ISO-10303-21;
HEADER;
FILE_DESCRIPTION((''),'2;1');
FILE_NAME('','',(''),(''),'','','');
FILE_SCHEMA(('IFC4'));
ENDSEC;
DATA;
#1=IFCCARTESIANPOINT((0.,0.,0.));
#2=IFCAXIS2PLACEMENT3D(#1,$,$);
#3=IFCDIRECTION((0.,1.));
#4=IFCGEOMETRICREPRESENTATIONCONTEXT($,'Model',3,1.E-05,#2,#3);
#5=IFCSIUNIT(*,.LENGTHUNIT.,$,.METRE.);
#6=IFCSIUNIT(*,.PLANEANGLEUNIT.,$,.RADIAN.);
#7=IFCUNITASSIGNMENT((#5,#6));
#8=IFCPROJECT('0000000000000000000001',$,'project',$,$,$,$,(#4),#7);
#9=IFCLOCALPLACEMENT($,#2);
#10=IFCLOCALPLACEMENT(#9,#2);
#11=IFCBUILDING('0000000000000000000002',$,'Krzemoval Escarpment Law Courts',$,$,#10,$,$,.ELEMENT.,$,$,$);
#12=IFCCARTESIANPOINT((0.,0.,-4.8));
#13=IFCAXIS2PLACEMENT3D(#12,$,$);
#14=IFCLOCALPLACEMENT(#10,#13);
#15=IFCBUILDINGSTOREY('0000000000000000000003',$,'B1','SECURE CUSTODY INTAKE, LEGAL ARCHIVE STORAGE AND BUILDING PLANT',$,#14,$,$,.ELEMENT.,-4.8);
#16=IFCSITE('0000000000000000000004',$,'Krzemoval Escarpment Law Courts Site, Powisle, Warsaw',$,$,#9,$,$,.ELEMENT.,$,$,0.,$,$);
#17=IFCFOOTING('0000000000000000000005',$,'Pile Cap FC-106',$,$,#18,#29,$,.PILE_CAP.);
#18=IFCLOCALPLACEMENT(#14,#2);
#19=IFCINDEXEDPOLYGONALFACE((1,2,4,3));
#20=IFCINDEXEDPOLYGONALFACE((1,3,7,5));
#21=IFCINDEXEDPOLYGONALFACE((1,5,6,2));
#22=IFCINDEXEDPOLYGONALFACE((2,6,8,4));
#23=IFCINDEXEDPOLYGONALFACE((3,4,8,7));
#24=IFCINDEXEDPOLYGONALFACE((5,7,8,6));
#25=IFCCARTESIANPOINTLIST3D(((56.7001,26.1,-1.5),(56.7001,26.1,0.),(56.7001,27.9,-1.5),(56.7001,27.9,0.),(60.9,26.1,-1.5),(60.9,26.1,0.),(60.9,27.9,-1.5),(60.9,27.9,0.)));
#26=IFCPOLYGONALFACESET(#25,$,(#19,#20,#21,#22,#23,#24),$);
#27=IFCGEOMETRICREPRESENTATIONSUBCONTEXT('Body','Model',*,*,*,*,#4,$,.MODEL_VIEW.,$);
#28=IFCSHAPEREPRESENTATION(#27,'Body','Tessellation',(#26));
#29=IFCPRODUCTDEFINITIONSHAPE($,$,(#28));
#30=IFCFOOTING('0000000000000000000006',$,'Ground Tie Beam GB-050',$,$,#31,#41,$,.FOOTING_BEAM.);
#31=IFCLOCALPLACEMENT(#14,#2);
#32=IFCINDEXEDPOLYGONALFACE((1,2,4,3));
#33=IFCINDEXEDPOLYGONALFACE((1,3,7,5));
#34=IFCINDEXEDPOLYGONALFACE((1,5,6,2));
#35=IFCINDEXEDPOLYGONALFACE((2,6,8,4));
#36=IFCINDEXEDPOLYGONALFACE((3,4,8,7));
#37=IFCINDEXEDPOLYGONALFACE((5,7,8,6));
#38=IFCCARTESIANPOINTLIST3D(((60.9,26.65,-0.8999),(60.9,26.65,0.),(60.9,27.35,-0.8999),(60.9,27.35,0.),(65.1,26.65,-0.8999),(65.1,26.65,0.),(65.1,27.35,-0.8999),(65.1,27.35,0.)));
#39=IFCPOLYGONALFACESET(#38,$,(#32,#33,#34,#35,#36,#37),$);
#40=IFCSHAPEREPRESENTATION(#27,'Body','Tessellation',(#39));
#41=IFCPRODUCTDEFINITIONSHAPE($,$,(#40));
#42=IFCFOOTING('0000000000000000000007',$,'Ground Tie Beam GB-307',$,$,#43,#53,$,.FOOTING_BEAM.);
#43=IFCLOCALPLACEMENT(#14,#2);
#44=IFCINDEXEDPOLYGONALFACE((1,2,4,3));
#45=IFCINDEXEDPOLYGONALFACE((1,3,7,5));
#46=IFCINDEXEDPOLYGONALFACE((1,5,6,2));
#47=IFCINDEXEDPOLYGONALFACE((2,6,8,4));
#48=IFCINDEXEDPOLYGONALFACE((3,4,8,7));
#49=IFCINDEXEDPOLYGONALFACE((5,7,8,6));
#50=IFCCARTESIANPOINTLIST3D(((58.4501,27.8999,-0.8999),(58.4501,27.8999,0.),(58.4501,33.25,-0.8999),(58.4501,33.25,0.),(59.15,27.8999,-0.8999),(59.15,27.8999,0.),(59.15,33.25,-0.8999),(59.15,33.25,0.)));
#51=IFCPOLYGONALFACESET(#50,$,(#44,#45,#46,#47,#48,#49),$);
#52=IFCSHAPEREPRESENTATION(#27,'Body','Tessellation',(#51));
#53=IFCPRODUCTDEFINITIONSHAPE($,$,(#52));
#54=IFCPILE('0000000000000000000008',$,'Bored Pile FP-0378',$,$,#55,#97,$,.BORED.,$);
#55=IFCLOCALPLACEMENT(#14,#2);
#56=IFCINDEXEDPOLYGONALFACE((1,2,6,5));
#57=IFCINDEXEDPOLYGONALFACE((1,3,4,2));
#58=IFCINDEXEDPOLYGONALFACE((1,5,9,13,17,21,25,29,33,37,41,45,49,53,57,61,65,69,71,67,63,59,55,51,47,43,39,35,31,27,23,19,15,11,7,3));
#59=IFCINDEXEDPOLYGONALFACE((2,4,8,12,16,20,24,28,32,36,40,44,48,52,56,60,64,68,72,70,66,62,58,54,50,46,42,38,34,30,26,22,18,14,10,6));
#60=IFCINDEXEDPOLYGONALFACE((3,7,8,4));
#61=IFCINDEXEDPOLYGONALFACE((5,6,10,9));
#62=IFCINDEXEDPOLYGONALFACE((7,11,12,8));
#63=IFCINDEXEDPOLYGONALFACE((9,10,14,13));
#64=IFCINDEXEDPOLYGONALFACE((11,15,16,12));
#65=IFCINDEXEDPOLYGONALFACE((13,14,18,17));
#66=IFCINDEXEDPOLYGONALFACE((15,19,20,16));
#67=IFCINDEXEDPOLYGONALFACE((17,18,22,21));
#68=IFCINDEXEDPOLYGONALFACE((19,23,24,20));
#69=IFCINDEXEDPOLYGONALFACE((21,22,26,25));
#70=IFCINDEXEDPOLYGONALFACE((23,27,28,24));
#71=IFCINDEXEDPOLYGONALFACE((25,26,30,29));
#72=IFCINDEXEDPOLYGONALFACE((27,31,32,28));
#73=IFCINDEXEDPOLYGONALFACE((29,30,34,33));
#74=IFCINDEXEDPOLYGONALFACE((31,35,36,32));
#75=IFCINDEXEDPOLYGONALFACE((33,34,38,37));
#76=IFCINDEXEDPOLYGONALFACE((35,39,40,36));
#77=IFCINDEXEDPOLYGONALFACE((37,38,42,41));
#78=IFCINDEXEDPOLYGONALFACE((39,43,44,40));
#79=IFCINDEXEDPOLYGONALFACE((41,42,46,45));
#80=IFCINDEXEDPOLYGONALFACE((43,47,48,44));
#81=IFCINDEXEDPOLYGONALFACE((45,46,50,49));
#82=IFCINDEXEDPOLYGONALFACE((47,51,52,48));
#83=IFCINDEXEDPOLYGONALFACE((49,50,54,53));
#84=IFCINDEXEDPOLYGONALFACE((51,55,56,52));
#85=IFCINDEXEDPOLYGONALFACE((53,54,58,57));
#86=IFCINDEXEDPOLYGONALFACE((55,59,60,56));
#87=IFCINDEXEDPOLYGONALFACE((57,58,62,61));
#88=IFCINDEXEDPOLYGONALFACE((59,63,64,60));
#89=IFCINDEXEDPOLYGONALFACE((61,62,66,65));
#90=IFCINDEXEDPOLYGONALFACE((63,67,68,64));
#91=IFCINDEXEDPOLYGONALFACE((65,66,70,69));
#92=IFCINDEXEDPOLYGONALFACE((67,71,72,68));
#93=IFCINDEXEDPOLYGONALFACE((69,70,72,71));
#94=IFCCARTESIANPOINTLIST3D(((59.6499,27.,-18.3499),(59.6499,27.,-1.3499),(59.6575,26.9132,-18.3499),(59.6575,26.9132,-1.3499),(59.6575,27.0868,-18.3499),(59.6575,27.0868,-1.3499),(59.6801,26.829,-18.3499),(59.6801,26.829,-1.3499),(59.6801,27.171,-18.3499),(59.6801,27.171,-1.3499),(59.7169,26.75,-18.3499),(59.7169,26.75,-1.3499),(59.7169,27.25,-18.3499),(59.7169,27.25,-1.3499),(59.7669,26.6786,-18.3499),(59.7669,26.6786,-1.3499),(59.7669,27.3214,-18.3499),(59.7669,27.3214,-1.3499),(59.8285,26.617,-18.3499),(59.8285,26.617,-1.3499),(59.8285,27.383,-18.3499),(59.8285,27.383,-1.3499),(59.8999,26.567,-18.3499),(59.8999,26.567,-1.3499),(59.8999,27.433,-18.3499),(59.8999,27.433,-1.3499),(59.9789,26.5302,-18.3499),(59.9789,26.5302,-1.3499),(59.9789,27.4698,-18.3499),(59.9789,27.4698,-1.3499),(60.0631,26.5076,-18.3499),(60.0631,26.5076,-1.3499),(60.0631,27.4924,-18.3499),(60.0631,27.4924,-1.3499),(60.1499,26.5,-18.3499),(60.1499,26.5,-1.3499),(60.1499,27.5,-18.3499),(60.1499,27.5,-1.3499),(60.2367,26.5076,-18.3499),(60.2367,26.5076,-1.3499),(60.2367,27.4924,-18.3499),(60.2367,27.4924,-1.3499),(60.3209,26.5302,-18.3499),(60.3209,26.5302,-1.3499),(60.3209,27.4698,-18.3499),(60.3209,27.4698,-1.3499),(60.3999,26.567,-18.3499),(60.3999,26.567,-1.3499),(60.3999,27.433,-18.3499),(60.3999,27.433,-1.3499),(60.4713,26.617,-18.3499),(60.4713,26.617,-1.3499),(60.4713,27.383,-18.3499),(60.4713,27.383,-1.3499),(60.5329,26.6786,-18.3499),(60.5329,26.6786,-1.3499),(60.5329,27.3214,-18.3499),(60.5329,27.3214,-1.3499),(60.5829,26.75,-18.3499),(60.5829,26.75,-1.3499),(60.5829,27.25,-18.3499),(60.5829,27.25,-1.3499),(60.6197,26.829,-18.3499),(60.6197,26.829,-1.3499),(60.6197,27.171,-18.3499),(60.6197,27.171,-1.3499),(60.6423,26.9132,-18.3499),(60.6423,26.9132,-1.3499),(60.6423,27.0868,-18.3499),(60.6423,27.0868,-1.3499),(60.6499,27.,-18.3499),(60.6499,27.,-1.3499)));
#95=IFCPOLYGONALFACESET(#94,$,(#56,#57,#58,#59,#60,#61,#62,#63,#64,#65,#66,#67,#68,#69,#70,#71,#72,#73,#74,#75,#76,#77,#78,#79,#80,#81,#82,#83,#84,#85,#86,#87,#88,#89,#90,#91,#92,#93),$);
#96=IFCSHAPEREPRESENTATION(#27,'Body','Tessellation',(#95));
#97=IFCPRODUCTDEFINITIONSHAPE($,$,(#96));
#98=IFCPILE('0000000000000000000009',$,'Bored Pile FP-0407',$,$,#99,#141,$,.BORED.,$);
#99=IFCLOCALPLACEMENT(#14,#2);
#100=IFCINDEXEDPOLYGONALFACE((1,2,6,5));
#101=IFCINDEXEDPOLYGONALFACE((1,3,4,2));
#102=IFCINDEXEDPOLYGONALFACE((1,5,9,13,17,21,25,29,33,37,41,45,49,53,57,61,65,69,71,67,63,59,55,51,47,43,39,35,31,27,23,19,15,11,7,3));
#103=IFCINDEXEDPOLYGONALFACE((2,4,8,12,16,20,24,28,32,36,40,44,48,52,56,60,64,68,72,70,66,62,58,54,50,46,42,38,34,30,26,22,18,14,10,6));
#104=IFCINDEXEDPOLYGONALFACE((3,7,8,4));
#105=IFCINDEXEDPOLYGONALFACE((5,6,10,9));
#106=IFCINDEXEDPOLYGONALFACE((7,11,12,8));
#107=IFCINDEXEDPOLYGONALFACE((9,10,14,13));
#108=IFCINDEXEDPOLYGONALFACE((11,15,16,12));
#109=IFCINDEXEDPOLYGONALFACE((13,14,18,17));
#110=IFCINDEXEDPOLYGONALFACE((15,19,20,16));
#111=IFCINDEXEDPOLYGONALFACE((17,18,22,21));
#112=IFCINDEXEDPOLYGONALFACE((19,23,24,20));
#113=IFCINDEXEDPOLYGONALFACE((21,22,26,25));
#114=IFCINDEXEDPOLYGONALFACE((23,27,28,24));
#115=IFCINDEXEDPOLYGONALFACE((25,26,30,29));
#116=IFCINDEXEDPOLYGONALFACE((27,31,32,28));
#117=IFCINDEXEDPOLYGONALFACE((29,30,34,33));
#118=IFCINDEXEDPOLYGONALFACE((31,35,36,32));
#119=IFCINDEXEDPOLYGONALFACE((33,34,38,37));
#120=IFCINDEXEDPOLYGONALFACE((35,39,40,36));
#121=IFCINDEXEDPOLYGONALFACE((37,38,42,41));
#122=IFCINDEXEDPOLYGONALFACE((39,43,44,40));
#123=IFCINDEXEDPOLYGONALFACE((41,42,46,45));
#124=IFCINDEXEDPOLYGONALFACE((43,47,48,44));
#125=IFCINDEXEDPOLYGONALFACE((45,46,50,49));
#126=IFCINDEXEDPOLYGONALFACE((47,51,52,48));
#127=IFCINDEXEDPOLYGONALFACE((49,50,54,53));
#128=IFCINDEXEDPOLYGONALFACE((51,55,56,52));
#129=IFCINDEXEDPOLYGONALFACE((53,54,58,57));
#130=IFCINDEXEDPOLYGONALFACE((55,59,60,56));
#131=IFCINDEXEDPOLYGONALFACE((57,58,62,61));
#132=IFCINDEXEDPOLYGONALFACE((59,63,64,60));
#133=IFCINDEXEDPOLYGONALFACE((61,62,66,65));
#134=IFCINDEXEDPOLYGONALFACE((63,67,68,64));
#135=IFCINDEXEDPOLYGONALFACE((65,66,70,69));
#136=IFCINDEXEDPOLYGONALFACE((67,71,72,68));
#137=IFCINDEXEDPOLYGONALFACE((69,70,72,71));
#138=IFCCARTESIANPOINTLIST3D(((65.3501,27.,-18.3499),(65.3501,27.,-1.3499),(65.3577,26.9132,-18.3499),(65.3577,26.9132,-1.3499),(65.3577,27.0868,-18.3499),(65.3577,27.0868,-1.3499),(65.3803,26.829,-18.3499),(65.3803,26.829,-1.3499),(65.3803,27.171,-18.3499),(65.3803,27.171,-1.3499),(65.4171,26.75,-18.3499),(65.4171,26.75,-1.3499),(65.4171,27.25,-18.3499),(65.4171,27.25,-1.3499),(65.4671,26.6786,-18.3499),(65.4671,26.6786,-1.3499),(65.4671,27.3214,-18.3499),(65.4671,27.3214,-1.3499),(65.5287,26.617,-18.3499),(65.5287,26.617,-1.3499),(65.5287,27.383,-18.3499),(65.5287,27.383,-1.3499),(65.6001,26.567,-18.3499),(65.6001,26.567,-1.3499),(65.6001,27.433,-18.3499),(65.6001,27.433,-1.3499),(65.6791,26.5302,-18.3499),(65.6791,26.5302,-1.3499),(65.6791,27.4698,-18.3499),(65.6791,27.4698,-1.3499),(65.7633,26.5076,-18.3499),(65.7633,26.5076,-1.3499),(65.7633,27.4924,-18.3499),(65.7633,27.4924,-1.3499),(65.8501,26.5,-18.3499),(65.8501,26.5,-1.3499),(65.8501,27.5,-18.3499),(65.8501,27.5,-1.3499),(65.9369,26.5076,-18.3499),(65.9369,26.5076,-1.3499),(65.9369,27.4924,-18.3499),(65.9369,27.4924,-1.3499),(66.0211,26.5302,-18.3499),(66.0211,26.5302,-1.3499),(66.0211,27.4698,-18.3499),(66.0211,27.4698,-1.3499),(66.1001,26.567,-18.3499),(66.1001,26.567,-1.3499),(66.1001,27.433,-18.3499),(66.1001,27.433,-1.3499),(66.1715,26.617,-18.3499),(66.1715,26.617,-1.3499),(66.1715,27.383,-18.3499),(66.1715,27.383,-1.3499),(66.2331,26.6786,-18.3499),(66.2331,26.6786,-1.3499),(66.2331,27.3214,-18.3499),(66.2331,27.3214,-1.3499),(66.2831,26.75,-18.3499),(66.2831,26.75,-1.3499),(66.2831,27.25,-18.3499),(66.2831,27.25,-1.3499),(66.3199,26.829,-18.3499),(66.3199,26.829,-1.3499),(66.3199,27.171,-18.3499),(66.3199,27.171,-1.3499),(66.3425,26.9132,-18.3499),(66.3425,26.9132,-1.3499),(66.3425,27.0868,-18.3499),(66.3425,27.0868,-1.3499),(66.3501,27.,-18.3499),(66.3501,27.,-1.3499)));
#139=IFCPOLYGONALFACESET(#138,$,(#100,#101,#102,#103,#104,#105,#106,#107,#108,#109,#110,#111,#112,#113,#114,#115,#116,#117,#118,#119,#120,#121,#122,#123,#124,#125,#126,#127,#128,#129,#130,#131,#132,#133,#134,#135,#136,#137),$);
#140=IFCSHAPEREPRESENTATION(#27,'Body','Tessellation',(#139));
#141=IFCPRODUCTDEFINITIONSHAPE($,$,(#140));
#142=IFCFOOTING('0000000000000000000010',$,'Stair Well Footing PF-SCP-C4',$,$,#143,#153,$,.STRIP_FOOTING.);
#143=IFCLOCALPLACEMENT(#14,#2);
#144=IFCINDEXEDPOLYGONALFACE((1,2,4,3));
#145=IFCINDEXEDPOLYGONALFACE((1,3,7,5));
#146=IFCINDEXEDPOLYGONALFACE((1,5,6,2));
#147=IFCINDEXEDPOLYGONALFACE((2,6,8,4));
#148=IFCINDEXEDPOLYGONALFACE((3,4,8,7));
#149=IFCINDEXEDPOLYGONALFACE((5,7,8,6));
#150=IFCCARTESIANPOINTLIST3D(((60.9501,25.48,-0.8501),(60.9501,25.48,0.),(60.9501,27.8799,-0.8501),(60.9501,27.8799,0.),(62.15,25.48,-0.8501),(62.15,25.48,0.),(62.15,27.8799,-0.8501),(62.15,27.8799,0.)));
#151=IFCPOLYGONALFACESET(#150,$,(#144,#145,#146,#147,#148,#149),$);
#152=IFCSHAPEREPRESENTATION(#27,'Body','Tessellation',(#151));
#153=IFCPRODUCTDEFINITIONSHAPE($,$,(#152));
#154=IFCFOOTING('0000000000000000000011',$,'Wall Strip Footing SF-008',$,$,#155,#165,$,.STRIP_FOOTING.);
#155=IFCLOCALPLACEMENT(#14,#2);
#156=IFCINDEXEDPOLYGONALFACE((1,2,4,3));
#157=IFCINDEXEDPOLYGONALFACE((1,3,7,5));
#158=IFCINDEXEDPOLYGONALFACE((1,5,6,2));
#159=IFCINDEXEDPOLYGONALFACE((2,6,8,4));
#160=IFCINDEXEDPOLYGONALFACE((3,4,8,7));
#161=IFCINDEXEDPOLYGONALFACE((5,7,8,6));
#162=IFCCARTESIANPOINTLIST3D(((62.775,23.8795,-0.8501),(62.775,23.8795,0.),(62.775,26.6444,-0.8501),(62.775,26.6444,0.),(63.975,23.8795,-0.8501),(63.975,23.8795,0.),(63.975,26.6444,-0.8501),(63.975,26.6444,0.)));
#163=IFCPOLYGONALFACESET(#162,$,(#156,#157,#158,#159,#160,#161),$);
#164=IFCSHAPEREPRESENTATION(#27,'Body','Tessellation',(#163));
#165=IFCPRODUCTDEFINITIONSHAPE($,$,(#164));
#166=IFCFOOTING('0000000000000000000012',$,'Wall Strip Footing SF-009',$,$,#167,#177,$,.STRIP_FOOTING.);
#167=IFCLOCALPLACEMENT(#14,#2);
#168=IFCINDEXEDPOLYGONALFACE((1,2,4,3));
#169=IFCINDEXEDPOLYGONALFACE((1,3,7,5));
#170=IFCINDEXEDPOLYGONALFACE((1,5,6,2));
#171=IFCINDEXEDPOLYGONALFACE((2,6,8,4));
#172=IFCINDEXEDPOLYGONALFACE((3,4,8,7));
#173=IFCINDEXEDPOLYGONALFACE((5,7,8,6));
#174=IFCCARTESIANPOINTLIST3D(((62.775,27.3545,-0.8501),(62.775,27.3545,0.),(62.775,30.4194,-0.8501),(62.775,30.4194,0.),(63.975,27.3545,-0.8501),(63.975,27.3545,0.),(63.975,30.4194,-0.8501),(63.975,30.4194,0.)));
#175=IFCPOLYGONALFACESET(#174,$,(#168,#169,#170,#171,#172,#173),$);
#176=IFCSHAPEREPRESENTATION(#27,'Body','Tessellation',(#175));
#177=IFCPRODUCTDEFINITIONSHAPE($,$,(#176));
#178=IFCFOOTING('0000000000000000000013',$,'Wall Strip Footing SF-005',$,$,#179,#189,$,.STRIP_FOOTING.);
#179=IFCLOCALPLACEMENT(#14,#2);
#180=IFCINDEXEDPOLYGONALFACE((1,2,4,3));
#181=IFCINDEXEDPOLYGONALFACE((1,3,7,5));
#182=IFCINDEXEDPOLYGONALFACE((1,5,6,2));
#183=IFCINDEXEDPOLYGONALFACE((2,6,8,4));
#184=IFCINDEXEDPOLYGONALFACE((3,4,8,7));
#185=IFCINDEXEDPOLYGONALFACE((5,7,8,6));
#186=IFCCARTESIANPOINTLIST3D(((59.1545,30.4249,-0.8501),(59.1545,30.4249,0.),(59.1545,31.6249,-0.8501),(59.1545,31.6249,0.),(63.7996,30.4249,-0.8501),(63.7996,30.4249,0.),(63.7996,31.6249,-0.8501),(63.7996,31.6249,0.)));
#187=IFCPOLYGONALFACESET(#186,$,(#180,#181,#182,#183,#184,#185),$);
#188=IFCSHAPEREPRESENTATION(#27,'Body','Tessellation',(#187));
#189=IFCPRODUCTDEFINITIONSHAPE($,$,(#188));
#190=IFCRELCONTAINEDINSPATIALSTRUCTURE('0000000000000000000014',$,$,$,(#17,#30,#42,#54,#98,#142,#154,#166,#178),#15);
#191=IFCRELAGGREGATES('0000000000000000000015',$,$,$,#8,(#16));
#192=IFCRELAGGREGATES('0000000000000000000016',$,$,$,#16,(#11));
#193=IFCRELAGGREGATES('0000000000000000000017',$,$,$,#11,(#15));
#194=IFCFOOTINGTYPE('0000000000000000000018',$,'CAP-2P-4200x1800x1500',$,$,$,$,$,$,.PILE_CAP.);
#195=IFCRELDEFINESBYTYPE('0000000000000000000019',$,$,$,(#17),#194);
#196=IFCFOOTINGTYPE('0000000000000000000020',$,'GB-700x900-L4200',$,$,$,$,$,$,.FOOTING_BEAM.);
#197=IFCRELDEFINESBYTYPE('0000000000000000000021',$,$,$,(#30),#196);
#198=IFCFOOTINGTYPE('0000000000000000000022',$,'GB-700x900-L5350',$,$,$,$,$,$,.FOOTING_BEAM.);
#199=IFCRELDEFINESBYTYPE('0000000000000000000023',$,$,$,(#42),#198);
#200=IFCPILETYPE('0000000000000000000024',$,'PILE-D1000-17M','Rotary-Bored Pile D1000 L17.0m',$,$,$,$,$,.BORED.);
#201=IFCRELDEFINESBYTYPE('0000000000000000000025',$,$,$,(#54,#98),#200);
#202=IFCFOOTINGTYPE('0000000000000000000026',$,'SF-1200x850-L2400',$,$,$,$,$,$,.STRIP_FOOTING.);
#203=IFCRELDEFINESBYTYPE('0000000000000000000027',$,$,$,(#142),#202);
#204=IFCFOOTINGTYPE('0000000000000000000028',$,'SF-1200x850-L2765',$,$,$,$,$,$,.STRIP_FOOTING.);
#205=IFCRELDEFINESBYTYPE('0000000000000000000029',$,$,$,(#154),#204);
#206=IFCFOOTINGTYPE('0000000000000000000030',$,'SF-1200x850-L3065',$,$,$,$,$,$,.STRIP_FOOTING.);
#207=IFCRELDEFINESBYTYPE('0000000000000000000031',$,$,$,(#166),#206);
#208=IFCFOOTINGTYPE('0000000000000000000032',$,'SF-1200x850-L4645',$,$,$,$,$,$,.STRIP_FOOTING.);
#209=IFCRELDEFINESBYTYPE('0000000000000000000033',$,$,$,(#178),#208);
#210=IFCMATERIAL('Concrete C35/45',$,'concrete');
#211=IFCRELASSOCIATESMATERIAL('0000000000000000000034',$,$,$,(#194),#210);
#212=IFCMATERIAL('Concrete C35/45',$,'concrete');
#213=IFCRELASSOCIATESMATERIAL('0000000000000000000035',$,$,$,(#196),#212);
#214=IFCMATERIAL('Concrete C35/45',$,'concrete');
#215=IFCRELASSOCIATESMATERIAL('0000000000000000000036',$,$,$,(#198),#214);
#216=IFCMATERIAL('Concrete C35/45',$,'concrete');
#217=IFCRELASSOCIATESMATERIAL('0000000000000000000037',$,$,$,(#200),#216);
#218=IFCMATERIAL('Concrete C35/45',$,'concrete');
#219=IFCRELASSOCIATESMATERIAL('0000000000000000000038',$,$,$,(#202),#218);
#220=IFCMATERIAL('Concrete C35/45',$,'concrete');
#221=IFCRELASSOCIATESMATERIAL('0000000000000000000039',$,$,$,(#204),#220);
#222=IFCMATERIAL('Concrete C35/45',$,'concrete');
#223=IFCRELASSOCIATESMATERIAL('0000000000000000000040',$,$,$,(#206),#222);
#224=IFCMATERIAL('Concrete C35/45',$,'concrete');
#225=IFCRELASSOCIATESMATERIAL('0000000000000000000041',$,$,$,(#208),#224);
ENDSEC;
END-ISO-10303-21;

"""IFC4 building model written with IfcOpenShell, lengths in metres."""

from ifc_helpers import new_model, si_unit, direction, frame, origin, origin_2d, place, context, subcontext, project, spatial, rectangle, circle, extrude, material, material_profile, profile_set, type_object, element, save


model = new_model("IFC4")

# Units and contexts
model_context = context("Model", 3, precision=1e-05, world=origin(), true_north=direction((0.0, 1.0)))
body_context = subcontext(model_context, "Body", "Model", "MODEL_VIEW")
ifc_project = project(units=[si_unit("LENGTHUNIT", "METRE"), si_unit("PLANEANGLEUNIT", "RADIAN")], contexts=[model_context])

# Site, building, storey
site_placement = place(None, origin())
site = spatial("IfcSite", under=ifc_project, at=site_placement, Name="Krzemoval Escarpment Law Courts Site, Powisle, Warsaw", CompositionType="ELEMENT", RefElevation=0.0)
building_placement = place(site_placement, origin())
building = spatial("IfcBuilding", under=site, at=building_placement, Name="Krzemoval Escarpment Law Courts", CompositionType="ELEMENT")
storey_placement = place(building_placement, frame((0.0, 0.0, -4.8)))
storey = spatial("IfcBuildingStorey", under=building, at=storey_placement, Name="B1", Description="SECURE CUSTODY INTAKE, LEGAL ARCHIVE STORAGE AND BUILDING PLANT", CompositionType="ELEMENT", Elevation=-4.8)

# Footings
ifc_material_1 = material(Name="Concrete C35/45", Category="concrete")
footing_type_1 = type_object("IfcFootingType", Name="CAP-2P-4200x1800x1500", PredefinedType="PILE_CAP", material=ifc_material_1)
footing_1_placement = place(storey_placement, frame((58.8, 27.0, -1.5), z_axis=(0.0, 0.0, 1.0), x_axis=(1.0, 0.0, 0.0)))
element("IfcFooting", 1, at=footing_1_placement, inside=storey, type_object=footing_type_1, Name="Pile Cap FC-106", PredefinedType="PILE_CAP", context=body_context, shape_type="SweptSolid", body=[
    extrude(rectangle(XDim=4.2, YDim=1.8, at=origin_2d()), origin(), (0.0, 0.0, 1.0), 1.5),
])
ifc_material_2 = material(Name="Concrete C35/45", Category="concrete")
footing_type_2 = type_object("IfcFootingType", Name="GB-700x900-L4200", PredefinedType="FOOTING_BEAM", material=ifc_material_2)
footing_2_placement = place(storey_placement, frame((63.0, 27.0, -0.8999), z_axis=(0.0, 0.0, 1.0), x_axis=(1.0, 0.0, 0.0)))
element("IfcFooting", 2, at=footing_2_placement, inside=storey, type_object=footing_type_2, Name="Ground Tie Beam GB-050", PredefinedType="FOOTING_BEAM", context=body_context, shape_type="SweptSolid", body=[
    extrude(rectangle(XDim=4.2, YDim=0.7, at=origin_2d()), origin(), (0.0, 0.0, 1.0), 0.8999),
])
ifc_material_3 = material(Name="Concrete C35/45", Category="concrete")
footing_type_3 = type_object("IfcFootingType", Name="GB-700x900-L5350", PredefinedType="FOOTING_BEAM", material=ifc_material_3)
footing_3_placement = place(storey_placement, frame((58.8, 30.575, -0.8999), z_axis=(0.0, 0.0, 1.0), x_axis=(0.0, 1.0, 0.0)))
element("IfcFooting", 3, at=footing_3_placement, inside=storey, type_object=footing_type_3, Name="Ground Tie Beam GB-307", PredefinedType="FOOTING_BEAM", context=body_context, shape_type="SweptSolid", body=[
    extrude(rectangle(XDim=5.3501, YDim=0.7, at=origin_2d()), origin(), (0.0, 0.0, 1.0), 0.8999),
])

# Piles
ifc_material_4 = material(Name="Concrete C35/45", Category="concrete")
ifc_material_profile_1 = material_profile(ifc_material_4, circle(Radius=0.5, at=origin_2d()), Name="PILE D1000")
ifc_profile_set_1 = profile_set([ifc_material_profile_1], Name="Concrete C35/45")
pile_type = type_object("IfcPileType", Name="PILE-D1000-17M", Description="Rotary-Bored Pile D1000 L17.0m", PredefinedType="BORED", material=ifc_profile_set_1)
for number, where, z_axis, x_axis, name in (
    (4, (60.1499, 27.0, -1.3499), (0.0, 0.0, -1.0), (1.0, 0.0, 0.0), "Bored Pile FP-0378"),
    (5, (65.8501, 27.0, -1.3499), (0.0, 0.0, -1.0), (1.0, 0.0, 0.0), "Bored Pile FP-0407"),
):
    element("IfcPile", number, at=place(storey_placement, frame(where, z_axis=z_axis, x_axis=x_axis)), inside=storey, type_object=pile_type, Name=name, PredefinedType="BORED", context=body_context, shape_type="SweptSolid", body=[
        extrude(circle(Radius=0.5, at=origin_2d()), origin(), (0.0, 0.0, 1.0), 17.0),
    ])

# Footings
ifc_material_5 = material(Name="Concrete C35/45", Category="concrete")
footing_type_4 = type_object("IfcFootingType", Name="SF-1200x850-L2400", PredefinedType="STRIP_FOOTING", material=ifc_material_5)
footing_4_placement = place(storey_placement, frame((61.55, 26.6799, -0.8501), z_axis=(0.0, 0.0, 1.0), x_axis=(0.0, 1.0, 0.0)))
element("IfcFooting", 6, at=footing_4_placement, inside=storey, type_object=footing_type_4, Name="Stair Well Footing PF-SCP-C4", PredefinedType="STRIP_FOOTING", context=body_context, shape_type="SweptSolid", body=[
    extrude(rectangle(XDim=2.3999, YDim=1.2, at=origin_2d()), origin(), (0.0, 0.0, 1.0), 0.8501),
])
ifc_material_6 = material(Name="Concrete C35/45", Category="concrete")
footing_type_5 = type_object("IfcFootingType", Name="SF-1200x850-L2765", PredefinedType="STRIP_FOOTING", material=ifc_material_6)
footing_5_placement = place(storey_placement, frame((63.375, 25.262, -0.8501), z_axis=(0.0, 0.0, 1.0), x_axis=(0.0, 1.0, 0.0)))
element("IfcFooting", 7, at=footing_5_placement, inside=storey, type_object=footing_type_5, Name="Wall Strip Footing SF-008", PredefinedType="STRIP_FOOTING", context=body_context, shape_type="SweptSolid", body=[
    extrude(rectangle(XDim=2.7649, YDim=1.2, at=origin_2d()), origin(), (0.0, 0.0, 1.0), 0.8501),
])
ifc_material_7 = material(Name="Concrete C35/45", Category="concrete")
footing_type_6 = type_object("IfcFootingType", Name="SF-1200x850-L3065", PredefinedType="STRIP_FOOTING", material=ifc_material_7)
footing_6_placement = place(storey_placement, frame((63.375, 28.887, -0.8501), z_axis=(0.0, 0.0, 1.0), x_axis=(0.0, 1.0, 0.0)))
element("IfcFooting", 8, at=footing_6_placement, inside=storey, type_object=footing_type_6, Name="Wall Strip Footing SF-009", PredefinedType="STRIP_FOOTING", context=body_context, shape_type="SweptSolid", body=[
    extrude(rectangle(XDim=3.0649, YDim=1.2, at=origin_2d()), origin(), (0.0, 0.0, 1.0), 0.8501),
])
ifc_material_8 = material(Name="Concrete C35/45", Category="concrete")
footing_type_7 = type_object("IfcFootingType", Name="SF-1200x850-L4645", PredefinedType="STRIP_FOOTING", material=ifc_material_8)
footing_7_placement = place(storey_placement, frame((61.4771, 31.0249, -0.8501), z_axis=(0.0, 0.0, 1.0), x_axis=(1.0, 0.0, 0.0)))
element("IfcFooting", 9, at=footing_7_placement, inside=storey, type_object=footing_type_7, Name="Wall Strip Footing SF-005", PredefinedType="STRIP_FOOTING", context=body_context, shape_type="SweptSolid", body=[
    extrude(rectangle(XDim=4.645, YDim=1.2, at=origin_2d()), origin(), (0.0, 0.0, 1.0), 0.8501),
])

save(model, "model.ifc")
